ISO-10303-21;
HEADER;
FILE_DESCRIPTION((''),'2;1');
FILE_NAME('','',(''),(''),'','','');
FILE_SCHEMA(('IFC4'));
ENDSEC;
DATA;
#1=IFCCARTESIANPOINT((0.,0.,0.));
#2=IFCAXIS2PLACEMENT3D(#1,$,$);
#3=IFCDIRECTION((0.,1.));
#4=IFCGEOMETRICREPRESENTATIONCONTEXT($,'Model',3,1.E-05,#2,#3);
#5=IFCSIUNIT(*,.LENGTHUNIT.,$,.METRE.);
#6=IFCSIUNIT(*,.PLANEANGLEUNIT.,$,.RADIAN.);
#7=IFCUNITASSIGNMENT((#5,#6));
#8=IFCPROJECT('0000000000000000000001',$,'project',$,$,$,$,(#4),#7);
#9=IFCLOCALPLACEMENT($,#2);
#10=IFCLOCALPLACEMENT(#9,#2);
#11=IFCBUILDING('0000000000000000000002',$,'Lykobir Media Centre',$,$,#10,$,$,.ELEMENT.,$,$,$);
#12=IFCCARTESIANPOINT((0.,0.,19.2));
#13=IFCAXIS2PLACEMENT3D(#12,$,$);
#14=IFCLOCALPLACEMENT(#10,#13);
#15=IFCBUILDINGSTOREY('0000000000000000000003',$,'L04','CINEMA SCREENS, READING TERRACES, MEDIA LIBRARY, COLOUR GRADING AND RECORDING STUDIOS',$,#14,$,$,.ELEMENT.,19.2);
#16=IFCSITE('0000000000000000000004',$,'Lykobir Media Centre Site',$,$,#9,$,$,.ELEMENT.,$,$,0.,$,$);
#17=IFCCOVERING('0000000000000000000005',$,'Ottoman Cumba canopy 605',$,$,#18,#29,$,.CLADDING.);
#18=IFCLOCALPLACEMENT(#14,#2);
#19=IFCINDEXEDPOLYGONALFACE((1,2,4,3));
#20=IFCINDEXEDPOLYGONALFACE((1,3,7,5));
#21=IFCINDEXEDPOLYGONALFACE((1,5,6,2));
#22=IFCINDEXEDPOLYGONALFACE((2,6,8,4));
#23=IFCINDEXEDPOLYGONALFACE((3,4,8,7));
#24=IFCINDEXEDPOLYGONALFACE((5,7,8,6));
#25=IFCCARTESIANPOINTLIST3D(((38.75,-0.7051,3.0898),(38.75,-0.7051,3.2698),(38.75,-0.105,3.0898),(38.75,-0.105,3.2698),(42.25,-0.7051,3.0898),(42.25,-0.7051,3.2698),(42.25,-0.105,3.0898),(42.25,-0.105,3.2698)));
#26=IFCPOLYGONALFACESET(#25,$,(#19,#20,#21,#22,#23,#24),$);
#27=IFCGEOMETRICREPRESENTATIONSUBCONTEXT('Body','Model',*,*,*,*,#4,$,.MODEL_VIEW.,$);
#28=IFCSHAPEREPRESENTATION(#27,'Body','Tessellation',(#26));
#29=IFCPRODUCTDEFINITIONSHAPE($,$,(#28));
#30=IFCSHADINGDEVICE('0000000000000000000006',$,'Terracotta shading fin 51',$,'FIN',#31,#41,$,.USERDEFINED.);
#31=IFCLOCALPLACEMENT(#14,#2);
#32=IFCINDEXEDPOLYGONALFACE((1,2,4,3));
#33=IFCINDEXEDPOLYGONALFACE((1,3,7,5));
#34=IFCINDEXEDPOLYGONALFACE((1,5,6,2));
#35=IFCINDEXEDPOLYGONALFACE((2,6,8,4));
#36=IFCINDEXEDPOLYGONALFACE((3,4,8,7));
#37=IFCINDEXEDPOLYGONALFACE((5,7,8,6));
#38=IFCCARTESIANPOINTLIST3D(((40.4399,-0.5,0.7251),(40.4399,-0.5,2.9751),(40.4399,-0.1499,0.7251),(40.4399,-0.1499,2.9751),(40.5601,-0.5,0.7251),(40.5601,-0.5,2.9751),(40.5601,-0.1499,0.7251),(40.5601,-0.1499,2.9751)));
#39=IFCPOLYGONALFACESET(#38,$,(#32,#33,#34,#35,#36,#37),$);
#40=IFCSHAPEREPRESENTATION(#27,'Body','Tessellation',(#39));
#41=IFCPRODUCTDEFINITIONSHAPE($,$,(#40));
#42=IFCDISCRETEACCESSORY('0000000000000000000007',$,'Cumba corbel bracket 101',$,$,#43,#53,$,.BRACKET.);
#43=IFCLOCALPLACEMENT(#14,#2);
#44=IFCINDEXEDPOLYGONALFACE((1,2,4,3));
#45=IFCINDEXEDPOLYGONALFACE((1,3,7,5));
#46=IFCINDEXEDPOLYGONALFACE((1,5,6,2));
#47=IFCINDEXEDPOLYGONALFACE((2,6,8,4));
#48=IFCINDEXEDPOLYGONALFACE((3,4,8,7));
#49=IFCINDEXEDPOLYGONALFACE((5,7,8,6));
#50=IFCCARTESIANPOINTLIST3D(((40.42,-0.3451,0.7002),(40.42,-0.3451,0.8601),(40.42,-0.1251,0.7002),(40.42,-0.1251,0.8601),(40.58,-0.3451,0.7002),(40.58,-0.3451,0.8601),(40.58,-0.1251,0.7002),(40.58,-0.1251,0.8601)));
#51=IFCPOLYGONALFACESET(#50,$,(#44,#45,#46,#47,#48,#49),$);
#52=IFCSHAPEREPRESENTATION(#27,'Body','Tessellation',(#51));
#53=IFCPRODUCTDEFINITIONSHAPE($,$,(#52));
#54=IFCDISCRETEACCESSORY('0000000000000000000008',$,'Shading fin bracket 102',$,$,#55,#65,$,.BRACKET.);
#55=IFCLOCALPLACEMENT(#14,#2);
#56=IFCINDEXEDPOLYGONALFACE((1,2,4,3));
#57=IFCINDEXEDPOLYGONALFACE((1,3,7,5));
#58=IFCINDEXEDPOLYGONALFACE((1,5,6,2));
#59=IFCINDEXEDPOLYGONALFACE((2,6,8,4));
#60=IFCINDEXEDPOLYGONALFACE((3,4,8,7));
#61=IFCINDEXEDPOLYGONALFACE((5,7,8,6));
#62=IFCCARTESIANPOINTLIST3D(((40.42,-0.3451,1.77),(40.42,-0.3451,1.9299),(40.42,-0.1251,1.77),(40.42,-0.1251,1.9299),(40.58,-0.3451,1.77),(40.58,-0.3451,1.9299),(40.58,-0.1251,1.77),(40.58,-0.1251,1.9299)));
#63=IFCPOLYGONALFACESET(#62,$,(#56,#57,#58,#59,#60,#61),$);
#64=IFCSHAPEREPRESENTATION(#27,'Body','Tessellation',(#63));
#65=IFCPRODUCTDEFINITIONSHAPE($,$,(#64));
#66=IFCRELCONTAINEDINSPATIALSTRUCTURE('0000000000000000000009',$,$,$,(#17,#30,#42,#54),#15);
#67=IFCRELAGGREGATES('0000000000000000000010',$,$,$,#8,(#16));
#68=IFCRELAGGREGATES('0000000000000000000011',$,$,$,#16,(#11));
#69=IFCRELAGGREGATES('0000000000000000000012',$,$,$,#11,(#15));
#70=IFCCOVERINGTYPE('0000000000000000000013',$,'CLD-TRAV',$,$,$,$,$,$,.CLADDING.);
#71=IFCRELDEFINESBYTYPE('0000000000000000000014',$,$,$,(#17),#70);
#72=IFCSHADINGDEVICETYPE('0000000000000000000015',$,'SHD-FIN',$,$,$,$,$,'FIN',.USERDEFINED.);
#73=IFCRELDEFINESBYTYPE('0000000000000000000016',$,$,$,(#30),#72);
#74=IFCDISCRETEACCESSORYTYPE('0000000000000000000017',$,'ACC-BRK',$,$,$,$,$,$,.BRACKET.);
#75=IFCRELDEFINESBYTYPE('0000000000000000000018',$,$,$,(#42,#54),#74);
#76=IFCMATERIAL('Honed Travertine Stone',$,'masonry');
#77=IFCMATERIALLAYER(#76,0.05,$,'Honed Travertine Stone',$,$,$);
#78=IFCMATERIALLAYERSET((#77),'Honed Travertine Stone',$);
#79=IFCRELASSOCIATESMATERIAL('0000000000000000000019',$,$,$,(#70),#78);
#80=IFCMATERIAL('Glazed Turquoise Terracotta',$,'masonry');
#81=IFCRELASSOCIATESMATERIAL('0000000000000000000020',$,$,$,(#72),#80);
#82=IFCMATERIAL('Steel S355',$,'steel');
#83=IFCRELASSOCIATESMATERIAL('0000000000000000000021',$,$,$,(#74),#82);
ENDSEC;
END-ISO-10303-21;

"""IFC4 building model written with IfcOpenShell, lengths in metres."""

from ifc_helpers import new_model, si_unit, direction, frame, origin, origin_2d, place, context, subcontext, project, spatial, rectangle, extrude, material, layer, layer_set, type_object, element, save


model = new_model("IFC4")

# Units and contexts
model_context = context("Model", 3, precision=1e-05, world=origin(), true_north=direction((0.0, 1.0)))
body_context = subcontext(model_context, "Body", "Model", "MODEL_VIEW")
ifc_project = project(units=[si_unit("LENGTHUNIT", "METRE"), si_unit("PLANEANGLEUNIT", "RADIAN")], contexts=[model_context])

# Site, building, storey
site_placement = place(None, origin())
site = spatial("IfcSite", under=ifc_project, at=site_placement, Name="Lykobir Media Centre Site", CompositionType="ELEMENT", RefElevation=0.0)
building_placement = place(site_placement, origin())
building = spatial("IfcBuilding", under=site, at=building_placement, Name="Lykobir Media Centre", CompositionType="ELEMENT")
storey_placement = place(building_placement, frame((0.0, 0.0, 19.2)))
storey = spatial("IfcBuildingStorey", under=building, at=storey_placement, Name="L04", Description="CINEMA SCREENS, READING TERRACES, MEDIA LIBRARY, COLOUR GRADING AND RECORDING STUDIOS", CompositionType="ELEMENT", Elevation=19.2)

# Shared definitions
ifc_material_1 = material(Name="Steel S355", Category="steel")

# Shared definitions
ifc_material_2 = material(Name="Glazed Turquoise Terracotta", Category="masonry")

# Covering
ifc_material_3 = material(Name="Honed Travertine Stone", Category="masonry")
ifc_layer_1 = layer(ifc_material_3, 0.05, Name="Honed Travertine Stone")
ifc_layer_set_1 = layer_set([ifc_layer_1], Name="Honed Travertine Stone")
covering_type_1 = type_object("IfcCoveringType", Name="CLD-TRAV", PredefinedType="CLADDING", material=ifc_layer_set_1)
covering_1_placement = place(storey_placement, frame((40.5, -0.405, 3.0898), z_axis=(0.0, 0.0, 1.0), x_axis=(1.0, 0.0, 0.0)))
element("IfcCovering", 1, at=covering_1_placement, inside=storey, type_object=covering_type_1, Name="Ottoman Cumba canopy 605", PredefinedType="CLADDING", context=body_context, shape_type="SweptSolid", body=[
    extrude(rectangle(XDim=3.5, YDim=0.6001, at=origin_2d()), origin(), (0.0, 0.0, 1.0), 0.1799),
])

# Shading device
shading_device_type = type_object("IfcShadingDeviceType", Name="SHD-FIN", ElementType="FIN", PredefinedType="USERDEFINED", material=ifc_material_2)
shading_device_placement = place(storey_placement, frame((40.5, -0.325, 0.7251), z_axis=(0.0, 0.0, 1.0), x_axis=(1.0, 0.0, 0.0)))
element("IfcShadingDevice", 2, at=shading_device_placement, inside=storey, type_object=shading_device_type, Name="Terracotta shading fin 51", ObjectType="FIN", PredefinedType="USERDEFINED", context=body_context, shape_type="SweptSolid", body=[
    extrude(rectangle(XDim=0.1201, YDim=0.3501, at=origin_2d()), origin(), (0.0, 0.0, 1.0), 2.25),
])

# Discrete accessories
discrete_accessory_type = type_object("IfcDiscreteAccessoryType", Name="ACC-BRK", PredefinedType="BRACKET", material=ifc_material_1)
for number, where, z_axis, x_axis, name in (
    (3, (40.5, -0.2351, 0.7002), (0.0, 0.0, 1.0), (1.0, 0.0, 0.0), "Cumba corbel bracket 101"),
    (4, (40.5, -0.2351, 1.77), (0.0, 0.0, 1.0), (1.0, 0.0, 0.0), "Shading fin bracket 102"),
):
    element("IfcDiscreteAccessory", number, at=place(storey_placement, frame(where, z_axis=z_axis, x_axis=x_axis)), inside=storey, type_object=discrete_accessory_type, Name=name, PredefinedType="BRACKET", context=body_context, shape_type="SweptSolid", body=[
        extrude(rectangle(XDim=0.1599, YDim=0.22, at=origin_2d()), origin(), (0.0, 0.0, 1.0), 0.1599),
    ])

save(model, "model.ifc")
